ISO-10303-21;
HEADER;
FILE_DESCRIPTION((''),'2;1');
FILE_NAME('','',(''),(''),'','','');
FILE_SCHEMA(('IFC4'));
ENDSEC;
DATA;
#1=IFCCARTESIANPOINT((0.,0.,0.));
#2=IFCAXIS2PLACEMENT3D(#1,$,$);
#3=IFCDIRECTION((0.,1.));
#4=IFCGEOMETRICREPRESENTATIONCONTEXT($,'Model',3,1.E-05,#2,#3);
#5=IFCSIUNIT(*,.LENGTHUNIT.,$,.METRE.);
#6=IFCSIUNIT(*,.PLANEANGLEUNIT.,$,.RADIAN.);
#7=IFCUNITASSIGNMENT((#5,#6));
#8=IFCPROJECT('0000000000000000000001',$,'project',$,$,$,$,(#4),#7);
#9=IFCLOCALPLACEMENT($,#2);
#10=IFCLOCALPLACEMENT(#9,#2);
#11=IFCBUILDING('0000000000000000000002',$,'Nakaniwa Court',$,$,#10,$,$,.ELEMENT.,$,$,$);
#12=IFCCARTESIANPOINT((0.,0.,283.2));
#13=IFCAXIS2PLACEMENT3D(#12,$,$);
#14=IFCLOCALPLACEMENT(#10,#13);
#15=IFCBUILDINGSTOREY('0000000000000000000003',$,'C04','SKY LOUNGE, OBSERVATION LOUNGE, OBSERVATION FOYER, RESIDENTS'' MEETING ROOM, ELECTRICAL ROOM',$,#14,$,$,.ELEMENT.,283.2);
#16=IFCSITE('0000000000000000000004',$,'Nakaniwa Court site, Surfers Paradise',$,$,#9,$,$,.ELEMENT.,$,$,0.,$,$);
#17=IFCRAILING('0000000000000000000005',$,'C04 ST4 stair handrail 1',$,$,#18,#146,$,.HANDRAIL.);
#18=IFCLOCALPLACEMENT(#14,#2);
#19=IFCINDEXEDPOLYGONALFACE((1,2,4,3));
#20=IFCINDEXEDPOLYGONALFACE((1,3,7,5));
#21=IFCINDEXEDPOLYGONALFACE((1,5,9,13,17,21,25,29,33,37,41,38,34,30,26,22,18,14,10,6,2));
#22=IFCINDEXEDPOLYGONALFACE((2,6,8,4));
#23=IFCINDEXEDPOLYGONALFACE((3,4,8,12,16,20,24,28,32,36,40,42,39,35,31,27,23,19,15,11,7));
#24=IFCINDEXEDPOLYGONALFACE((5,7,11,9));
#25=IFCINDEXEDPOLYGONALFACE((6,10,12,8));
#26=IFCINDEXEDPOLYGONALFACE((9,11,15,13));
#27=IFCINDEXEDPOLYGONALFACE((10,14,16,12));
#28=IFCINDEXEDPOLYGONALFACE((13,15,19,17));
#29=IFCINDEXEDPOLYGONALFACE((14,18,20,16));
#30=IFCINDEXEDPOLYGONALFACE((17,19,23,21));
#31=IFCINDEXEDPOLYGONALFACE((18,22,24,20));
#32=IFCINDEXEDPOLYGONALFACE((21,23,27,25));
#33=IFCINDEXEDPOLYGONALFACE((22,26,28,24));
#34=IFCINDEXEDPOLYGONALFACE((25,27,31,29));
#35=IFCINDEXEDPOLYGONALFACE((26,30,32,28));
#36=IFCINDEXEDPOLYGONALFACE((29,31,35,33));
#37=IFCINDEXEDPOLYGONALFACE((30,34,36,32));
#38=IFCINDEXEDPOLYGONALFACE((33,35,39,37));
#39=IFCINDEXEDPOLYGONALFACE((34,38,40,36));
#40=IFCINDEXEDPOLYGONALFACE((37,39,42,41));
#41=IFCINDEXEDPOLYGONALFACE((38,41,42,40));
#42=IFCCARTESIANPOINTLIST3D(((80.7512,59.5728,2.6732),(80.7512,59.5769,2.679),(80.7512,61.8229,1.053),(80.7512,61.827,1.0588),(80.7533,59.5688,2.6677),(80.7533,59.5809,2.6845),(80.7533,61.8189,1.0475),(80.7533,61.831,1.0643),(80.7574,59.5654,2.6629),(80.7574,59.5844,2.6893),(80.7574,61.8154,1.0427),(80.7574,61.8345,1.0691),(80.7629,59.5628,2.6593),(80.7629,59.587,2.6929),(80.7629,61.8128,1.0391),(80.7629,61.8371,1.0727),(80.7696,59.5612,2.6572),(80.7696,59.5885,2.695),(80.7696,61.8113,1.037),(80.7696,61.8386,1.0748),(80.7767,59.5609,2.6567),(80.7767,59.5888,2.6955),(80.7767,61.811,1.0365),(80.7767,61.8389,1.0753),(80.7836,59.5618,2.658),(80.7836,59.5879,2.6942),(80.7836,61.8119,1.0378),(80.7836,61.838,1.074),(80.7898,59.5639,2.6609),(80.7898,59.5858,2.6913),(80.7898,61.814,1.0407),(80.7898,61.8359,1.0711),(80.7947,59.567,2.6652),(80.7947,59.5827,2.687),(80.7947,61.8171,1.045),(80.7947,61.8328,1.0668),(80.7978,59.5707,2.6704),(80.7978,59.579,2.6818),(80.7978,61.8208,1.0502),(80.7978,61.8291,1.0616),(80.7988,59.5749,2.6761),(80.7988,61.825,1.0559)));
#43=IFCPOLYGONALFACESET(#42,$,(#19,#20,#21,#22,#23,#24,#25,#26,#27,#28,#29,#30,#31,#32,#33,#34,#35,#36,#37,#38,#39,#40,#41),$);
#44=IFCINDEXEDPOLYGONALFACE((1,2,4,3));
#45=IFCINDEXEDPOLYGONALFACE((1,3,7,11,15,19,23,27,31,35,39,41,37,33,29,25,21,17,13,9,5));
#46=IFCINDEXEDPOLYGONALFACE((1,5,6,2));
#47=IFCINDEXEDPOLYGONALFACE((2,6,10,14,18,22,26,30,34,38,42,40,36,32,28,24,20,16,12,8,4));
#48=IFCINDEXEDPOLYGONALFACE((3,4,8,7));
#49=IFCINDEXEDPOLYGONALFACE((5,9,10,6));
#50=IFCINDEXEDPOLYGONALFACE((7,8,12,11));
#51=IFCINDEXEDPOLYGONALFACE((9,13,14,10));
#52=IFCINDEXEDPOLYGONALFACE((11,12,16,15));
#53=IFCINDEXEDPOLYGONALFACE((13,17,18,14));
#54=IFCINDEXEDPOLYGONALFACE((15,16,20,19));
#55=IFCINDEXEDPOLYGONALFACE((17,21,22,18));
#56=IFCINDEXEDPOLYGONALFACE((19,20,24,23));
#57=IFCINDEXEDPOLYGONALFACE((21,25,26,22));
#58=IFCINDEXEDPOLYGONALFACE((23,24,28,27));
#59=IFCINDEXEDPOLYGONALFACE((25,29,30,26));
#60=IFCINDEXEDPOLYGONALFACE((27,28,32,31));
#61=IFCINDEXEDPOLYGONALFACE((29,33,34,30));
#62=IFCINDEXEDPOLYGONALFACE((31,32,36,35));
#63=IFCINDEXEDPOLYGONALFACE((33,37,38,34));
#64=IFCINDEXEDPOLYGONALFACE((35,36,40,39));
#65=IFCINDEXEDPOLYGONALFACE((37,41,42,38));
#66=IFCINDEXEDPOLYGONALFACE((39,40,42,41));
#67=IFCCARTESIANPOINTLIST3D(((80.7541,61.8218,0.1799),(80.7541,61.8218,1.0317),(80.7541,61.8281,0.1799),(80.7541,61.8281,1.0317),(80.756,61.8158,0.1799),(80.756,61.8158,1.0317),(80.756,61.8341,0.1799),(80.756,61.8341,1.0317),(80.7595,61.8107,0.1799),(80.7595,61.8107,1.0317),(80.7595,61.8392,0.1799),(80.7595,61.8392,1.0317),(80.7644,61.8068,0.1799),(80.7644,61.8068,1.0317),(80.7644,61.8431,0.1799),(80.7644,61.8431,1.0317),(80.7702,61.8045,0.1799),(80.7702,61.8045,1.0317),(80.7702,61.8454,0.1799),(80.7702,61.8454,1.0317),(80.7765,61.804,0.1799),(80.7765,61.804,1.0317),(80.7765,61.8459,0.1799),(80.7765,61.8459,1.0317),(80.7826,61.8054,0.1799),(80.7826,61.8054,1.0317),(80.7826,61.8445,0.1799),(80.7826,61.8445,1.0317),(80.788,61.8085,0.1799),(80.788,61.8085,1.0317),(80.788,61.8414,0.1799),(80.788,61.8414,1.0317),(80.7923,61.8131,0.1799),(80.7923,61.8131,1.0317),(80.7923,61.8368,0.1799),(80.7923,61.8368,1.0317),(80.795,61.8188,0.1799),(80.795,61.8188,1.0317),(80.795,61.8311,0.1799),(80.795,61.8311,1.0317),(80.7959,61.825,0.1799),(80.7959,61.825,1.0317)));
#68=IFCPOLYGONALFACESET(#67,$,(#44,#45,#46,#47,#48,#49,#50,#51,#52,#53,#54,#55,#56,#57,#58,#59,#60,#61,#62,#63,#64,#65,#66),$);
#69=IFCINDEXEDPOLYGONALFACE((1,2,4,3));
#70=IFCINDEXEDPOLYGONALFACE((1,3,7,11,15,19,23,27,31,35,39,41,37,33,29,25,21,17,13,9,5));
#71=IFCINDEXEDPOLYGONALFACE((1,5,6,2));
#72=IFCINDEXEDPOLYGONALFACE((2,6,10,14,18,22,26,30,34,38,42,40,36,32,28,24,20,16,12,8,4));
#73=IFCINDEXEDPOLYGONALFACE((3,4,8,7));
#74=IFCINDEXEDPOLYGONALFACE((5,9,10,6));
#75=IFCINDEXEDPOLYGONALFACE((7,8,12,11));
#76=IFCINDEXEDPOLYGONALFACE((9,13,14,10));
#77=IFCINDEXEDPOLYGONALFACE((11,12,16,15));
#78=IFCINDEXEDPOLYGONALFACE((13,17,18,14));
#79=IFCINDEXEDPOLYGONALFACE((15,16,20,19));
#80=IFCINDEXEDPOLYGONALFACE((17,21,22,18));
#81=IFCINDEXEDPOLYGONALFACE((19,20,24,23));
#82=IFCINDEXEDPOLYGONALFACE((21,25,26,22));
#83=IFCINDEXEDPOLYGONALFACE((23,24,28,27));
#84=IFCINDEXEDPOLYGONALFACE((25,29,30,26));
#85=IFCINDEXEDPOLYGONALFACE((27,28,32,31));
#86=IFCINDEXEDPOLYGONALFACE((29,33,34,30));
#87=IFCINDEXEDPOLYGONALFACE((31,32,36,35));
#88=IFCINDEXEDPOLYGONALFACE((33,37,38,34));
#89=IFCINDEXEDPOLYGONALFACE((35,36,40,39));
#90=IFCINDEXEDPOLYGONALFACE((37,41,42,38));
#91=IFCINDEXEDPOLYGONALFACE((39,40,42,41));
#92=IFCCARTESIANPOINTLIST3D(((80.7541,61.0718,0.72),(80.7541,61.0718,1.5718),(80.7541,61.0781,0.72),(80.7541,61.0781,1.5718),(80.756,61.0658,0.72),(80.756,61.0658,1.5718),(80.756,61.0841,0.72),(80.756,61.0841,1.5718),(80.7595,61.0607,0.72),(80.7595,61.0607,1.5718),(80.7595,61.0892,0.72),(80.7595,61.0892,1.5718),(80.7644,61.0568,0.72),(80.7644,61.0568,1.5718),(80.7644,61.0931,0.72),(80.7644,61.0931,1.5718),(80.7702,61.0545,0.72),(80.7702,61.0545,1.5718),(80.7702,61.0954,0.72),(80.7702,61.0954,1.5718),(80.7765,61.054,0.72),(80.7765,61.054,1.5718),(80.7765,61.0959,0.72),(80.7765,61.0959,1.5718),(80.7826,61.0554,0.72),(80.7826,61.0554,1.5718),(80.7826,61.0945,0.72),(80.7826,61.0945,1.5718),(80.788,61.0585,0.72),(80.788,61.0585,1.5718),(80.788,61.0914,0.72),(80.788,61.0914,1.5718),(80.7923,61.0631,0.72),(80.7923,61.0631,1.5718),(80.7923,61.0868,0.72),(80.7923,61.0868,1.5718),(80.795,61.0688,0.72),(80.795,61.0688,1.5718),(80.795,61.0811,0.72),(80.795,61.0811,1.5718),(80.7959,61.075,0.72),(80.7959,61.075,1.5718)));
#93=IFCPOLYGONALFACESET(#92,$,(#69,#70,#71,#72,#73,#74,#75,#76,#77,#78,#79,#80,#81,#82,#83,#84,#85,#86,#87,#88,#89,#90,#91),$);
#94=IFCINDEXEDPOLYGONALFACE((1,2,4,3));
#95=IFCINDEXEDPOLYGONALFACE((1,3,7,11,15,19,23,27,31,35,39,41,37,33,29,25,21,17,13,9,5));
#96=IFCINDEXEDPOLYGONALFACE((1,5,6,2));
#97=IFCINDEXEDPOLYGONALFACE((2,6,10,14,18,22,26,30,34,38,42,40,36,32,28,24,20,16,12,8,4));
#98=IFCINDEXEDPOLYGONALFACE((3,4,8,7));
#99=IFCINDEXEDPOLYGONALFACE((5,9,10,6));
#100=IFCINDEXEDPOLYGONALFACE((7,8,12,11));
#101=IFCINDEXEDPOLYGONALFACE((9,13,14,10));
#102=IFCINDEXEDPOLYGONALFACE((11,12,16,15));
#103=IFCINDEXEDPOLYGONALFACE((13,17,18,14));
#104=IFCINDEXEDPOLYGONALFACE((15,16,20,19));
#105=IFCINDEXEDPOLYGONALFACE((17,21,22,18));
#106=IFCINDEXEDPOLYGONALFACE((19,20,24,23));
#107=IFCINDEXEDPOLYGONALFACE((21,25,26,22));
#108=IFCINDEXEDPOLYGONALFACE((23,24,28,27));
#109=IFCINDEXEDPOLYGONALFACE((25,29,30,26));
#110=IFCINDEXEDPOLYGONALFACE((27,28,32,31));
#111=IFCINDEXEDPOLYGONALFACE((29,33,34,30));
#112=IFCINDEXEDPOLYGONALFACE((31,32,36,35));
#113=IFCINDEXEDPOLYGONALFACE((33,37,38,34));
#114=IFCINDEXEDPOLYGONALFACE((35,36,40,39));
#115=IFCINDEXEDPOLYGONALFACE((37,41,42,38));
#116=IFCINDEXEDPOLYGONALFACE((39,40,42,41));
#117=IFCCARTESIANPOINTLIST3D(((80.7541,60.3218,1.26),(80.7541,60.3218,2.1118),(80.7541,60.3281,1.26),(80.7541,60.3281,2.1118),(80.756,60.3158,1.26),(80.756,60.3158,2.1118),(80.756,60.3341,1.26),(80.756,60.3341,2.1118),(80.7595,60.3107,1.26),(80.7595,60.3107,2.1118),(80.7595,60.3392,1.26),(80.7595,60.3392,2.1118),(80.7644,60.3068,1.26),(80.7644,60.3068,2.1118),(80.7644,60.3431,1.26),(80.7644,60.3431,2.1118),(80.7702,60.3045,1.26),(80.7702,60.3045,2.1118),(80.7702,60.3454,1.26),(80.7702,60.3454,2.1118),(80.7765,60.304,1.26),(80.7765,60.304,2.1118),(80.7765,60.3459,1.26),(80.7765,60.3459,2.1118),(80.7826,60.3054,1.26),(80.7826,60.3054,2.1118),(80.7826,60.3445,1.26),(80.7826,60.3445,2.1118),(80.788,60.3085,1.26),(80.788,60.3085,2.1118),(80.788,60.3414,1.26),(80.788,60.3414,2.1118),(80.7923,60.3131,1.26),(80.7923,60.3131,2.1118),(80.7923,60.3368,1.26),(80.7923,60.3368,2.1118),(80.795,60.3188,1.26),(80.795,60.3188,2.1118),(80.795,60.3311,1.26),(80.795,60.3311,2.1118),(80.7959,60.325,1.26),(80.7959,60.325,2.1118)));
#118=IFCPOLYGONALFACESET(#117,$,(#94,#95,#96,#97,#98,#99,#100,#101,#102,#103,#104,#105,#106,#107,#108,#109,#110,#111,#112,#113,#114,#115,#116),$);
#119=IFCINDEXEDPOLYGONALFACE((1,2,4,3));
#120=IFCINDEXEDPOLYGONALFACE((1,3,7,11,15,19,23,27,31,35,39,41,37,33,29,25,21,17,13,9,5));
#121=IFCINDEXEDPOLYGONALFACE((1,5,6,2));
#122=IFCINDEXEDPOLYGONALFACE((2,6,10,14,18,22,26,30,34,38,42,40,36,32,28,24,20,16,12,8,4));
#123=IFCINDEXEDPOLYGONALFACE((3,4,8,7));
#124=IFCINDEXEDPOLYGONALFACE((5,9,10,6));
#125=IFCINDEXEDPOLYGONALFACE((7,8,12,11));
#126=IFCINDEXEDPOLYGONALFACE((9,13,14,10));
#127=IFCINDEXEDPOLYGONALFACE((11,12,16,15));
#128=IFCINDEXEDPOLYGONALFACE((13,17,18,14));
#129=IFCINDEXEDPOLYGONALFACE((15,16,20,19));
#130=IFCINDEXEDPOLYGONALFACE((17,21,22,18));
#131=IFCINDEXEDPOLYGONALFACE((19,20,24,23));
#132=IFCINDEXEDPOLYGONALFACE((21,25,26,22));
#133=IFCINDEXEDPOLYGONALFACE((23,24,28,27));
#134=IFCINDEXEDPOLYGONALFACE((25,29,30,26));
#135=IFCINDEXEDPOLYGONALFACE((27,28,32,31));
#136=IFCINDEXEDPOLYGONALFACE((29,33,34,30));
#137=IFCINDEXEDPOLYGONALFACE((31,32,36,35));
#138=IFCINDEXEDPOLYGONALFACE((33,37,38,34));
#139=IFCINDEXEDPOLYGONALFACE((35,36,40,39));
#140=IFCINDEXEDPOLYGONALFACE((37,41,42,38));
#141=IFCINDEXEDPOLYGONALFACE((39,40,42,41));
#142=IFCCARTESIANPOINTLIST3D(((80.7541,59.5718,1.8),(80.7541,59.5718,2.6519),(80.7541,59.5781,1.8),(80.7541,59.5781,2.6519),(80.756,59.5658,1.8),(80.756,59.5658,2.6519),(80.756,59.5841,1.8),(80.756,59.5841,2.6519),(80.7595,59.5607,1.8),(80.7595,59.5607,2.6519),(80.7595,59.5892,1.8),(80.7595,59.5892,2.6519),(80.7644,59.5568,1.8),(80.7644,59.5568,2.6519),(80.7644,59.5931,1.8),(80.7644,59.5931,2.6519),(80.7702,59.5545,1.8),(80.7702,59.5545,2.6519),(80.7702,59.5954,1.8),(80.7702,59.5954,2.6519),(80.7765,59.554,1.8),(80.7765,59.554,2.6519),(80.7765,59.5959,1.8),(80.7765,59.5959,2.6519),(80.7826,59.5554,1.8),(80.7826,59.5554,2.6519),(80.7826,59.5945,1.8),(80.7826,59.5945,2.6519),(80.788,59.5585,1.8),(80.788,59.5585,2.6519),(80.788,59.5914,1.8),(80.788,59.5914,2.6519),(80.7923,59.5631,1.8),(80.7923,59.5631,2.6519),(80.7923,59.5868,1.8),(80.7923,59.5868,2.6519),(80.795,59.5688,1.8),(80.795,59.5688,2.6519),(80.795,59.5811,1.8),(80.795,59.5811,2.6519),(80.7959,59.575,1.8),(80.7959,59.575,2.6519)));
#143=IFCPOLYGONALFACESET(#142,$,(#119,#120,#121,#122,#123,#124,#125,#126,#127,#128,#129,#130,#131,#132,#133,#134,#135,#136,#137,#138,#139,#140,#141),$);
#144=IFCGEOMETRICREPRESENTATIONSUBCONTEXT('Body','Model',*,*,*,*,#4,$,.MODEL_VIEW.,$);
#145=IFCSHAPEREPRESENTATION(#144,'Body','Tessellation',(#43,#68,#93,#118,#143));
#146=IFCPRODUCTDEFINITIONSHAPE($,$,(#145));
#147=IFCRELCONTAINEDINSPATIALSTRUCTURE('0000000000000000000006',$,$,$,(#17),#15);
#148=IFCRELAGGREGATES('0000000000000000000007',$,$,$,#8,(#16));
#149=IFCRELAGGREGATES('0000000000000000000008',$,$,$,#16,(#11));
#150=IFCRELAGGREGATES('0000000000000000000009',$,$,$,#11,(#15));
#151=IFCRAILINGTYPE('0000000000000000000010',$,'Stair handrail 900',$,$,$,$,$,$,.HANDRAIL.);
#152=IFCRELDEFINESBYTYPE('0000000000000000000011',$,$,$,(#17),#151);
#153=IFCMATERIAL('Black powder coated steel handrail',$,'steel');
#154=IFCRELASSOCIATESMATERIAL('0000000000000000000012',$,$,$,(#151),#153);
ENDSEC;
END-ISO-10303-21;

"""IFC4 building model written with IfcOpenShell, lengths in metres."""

from ifc_helpers import new_model, si_unit, direction, frame, origin, origin_2d, place, context, subcontext, project, spatial, circle, extrude, material, type_object, element, save


model = new_model("IFC4")

# Units and contexts
model_context = context("Model", 3, precision=1e-05, world=origin(), true_north=direction((0.0, 1.0)))
body_context = subcontext(model_context, "Body", "Model", "MODEL_VIEW")
ifc_project = project(units=[si_unit("LENGTHUNIT", "METRE"), si_unit("PLANEANGLEUNIT", "RADIAN")], contexts=[model_context])

# Site, building, storey
site_placement = place(None, origin())
site = spatial("IfcSite", under=ifc_project, at=site_placement, Name="Nakaniwa Court site, Surfers Paradise", CompositionType="ELEMENT", RefElevation=0.0)
building_placement = place(site_placement, origin())
building = spatial("IfcBuilding", under=site, at=building_placement, Name="Nakaniwa Court", CompositionType="ELEMENT")
storey_placement = place(building_placement, frame((0.0, 0.0, 283.2)))
storey = spatial("IfcBuildingStorey", under=building, at=storey_placement, Name="C04", Description="SKY LOUNGE, OBSERVATION LOUNGE, OBSERVATION FOYER, RESIDENTS' MEETING ROOM, ELECTRICAL ROOM", CompositionType="ELEMENT", Elevation=283.2)

# Railing
ifc_material_1 = material(Name="Black powder coated steel handrail", Category="steel")
railing_type_1 = type_object("IfcRailingType", Name="Stair handrail 900", PredefinedType="HANDRAIL", material=ifc_material_1)
railing_placement = place(storey_placement, frame((80.7749, 61.825, 0.1799)))
element("IfcRailing", 1, at=railing_placement, inside=storey, type_object=railing_type_1, Name="C04 ST4 stair handrail 1", PredefinedType="HANDRAIL", context=body_context, shape_type="SweptSolid", body=[
    extrude(circle(Radius=0.0239, at=origin_2d()), frame((0.0, 0.0, 0.876), z_axis=(0.0, -0.811514, 0.584333), x_axis=(1.0, 0.0, 0.0)), (0.0, 0.0, 1.0), 2.7727),
    extrude(circle(Radius=0.021, at=origin_2d()), origin(), (0.0, 0.0, 1.0), 0.8518),
    extrude(circle(Radius=0.021, at=origin_2d()), frame((0.0, -0.75, 0.54)), (0.0, 0.0, 1.0), 0.8518),
    extrude(circle(Radius=0.021, at=origin_2d()), frame((0.0, -1.5, 1.0801)), (0.0, 0.0, 1.0), 0.8518),
    extrude(circle(Radius=0.021, at=origin_2d()), frame((0.0, -2.25, 1.6201)), (0.0, 0.0, 1.0), 0.8518),
])

save(model, "model.ifc")
